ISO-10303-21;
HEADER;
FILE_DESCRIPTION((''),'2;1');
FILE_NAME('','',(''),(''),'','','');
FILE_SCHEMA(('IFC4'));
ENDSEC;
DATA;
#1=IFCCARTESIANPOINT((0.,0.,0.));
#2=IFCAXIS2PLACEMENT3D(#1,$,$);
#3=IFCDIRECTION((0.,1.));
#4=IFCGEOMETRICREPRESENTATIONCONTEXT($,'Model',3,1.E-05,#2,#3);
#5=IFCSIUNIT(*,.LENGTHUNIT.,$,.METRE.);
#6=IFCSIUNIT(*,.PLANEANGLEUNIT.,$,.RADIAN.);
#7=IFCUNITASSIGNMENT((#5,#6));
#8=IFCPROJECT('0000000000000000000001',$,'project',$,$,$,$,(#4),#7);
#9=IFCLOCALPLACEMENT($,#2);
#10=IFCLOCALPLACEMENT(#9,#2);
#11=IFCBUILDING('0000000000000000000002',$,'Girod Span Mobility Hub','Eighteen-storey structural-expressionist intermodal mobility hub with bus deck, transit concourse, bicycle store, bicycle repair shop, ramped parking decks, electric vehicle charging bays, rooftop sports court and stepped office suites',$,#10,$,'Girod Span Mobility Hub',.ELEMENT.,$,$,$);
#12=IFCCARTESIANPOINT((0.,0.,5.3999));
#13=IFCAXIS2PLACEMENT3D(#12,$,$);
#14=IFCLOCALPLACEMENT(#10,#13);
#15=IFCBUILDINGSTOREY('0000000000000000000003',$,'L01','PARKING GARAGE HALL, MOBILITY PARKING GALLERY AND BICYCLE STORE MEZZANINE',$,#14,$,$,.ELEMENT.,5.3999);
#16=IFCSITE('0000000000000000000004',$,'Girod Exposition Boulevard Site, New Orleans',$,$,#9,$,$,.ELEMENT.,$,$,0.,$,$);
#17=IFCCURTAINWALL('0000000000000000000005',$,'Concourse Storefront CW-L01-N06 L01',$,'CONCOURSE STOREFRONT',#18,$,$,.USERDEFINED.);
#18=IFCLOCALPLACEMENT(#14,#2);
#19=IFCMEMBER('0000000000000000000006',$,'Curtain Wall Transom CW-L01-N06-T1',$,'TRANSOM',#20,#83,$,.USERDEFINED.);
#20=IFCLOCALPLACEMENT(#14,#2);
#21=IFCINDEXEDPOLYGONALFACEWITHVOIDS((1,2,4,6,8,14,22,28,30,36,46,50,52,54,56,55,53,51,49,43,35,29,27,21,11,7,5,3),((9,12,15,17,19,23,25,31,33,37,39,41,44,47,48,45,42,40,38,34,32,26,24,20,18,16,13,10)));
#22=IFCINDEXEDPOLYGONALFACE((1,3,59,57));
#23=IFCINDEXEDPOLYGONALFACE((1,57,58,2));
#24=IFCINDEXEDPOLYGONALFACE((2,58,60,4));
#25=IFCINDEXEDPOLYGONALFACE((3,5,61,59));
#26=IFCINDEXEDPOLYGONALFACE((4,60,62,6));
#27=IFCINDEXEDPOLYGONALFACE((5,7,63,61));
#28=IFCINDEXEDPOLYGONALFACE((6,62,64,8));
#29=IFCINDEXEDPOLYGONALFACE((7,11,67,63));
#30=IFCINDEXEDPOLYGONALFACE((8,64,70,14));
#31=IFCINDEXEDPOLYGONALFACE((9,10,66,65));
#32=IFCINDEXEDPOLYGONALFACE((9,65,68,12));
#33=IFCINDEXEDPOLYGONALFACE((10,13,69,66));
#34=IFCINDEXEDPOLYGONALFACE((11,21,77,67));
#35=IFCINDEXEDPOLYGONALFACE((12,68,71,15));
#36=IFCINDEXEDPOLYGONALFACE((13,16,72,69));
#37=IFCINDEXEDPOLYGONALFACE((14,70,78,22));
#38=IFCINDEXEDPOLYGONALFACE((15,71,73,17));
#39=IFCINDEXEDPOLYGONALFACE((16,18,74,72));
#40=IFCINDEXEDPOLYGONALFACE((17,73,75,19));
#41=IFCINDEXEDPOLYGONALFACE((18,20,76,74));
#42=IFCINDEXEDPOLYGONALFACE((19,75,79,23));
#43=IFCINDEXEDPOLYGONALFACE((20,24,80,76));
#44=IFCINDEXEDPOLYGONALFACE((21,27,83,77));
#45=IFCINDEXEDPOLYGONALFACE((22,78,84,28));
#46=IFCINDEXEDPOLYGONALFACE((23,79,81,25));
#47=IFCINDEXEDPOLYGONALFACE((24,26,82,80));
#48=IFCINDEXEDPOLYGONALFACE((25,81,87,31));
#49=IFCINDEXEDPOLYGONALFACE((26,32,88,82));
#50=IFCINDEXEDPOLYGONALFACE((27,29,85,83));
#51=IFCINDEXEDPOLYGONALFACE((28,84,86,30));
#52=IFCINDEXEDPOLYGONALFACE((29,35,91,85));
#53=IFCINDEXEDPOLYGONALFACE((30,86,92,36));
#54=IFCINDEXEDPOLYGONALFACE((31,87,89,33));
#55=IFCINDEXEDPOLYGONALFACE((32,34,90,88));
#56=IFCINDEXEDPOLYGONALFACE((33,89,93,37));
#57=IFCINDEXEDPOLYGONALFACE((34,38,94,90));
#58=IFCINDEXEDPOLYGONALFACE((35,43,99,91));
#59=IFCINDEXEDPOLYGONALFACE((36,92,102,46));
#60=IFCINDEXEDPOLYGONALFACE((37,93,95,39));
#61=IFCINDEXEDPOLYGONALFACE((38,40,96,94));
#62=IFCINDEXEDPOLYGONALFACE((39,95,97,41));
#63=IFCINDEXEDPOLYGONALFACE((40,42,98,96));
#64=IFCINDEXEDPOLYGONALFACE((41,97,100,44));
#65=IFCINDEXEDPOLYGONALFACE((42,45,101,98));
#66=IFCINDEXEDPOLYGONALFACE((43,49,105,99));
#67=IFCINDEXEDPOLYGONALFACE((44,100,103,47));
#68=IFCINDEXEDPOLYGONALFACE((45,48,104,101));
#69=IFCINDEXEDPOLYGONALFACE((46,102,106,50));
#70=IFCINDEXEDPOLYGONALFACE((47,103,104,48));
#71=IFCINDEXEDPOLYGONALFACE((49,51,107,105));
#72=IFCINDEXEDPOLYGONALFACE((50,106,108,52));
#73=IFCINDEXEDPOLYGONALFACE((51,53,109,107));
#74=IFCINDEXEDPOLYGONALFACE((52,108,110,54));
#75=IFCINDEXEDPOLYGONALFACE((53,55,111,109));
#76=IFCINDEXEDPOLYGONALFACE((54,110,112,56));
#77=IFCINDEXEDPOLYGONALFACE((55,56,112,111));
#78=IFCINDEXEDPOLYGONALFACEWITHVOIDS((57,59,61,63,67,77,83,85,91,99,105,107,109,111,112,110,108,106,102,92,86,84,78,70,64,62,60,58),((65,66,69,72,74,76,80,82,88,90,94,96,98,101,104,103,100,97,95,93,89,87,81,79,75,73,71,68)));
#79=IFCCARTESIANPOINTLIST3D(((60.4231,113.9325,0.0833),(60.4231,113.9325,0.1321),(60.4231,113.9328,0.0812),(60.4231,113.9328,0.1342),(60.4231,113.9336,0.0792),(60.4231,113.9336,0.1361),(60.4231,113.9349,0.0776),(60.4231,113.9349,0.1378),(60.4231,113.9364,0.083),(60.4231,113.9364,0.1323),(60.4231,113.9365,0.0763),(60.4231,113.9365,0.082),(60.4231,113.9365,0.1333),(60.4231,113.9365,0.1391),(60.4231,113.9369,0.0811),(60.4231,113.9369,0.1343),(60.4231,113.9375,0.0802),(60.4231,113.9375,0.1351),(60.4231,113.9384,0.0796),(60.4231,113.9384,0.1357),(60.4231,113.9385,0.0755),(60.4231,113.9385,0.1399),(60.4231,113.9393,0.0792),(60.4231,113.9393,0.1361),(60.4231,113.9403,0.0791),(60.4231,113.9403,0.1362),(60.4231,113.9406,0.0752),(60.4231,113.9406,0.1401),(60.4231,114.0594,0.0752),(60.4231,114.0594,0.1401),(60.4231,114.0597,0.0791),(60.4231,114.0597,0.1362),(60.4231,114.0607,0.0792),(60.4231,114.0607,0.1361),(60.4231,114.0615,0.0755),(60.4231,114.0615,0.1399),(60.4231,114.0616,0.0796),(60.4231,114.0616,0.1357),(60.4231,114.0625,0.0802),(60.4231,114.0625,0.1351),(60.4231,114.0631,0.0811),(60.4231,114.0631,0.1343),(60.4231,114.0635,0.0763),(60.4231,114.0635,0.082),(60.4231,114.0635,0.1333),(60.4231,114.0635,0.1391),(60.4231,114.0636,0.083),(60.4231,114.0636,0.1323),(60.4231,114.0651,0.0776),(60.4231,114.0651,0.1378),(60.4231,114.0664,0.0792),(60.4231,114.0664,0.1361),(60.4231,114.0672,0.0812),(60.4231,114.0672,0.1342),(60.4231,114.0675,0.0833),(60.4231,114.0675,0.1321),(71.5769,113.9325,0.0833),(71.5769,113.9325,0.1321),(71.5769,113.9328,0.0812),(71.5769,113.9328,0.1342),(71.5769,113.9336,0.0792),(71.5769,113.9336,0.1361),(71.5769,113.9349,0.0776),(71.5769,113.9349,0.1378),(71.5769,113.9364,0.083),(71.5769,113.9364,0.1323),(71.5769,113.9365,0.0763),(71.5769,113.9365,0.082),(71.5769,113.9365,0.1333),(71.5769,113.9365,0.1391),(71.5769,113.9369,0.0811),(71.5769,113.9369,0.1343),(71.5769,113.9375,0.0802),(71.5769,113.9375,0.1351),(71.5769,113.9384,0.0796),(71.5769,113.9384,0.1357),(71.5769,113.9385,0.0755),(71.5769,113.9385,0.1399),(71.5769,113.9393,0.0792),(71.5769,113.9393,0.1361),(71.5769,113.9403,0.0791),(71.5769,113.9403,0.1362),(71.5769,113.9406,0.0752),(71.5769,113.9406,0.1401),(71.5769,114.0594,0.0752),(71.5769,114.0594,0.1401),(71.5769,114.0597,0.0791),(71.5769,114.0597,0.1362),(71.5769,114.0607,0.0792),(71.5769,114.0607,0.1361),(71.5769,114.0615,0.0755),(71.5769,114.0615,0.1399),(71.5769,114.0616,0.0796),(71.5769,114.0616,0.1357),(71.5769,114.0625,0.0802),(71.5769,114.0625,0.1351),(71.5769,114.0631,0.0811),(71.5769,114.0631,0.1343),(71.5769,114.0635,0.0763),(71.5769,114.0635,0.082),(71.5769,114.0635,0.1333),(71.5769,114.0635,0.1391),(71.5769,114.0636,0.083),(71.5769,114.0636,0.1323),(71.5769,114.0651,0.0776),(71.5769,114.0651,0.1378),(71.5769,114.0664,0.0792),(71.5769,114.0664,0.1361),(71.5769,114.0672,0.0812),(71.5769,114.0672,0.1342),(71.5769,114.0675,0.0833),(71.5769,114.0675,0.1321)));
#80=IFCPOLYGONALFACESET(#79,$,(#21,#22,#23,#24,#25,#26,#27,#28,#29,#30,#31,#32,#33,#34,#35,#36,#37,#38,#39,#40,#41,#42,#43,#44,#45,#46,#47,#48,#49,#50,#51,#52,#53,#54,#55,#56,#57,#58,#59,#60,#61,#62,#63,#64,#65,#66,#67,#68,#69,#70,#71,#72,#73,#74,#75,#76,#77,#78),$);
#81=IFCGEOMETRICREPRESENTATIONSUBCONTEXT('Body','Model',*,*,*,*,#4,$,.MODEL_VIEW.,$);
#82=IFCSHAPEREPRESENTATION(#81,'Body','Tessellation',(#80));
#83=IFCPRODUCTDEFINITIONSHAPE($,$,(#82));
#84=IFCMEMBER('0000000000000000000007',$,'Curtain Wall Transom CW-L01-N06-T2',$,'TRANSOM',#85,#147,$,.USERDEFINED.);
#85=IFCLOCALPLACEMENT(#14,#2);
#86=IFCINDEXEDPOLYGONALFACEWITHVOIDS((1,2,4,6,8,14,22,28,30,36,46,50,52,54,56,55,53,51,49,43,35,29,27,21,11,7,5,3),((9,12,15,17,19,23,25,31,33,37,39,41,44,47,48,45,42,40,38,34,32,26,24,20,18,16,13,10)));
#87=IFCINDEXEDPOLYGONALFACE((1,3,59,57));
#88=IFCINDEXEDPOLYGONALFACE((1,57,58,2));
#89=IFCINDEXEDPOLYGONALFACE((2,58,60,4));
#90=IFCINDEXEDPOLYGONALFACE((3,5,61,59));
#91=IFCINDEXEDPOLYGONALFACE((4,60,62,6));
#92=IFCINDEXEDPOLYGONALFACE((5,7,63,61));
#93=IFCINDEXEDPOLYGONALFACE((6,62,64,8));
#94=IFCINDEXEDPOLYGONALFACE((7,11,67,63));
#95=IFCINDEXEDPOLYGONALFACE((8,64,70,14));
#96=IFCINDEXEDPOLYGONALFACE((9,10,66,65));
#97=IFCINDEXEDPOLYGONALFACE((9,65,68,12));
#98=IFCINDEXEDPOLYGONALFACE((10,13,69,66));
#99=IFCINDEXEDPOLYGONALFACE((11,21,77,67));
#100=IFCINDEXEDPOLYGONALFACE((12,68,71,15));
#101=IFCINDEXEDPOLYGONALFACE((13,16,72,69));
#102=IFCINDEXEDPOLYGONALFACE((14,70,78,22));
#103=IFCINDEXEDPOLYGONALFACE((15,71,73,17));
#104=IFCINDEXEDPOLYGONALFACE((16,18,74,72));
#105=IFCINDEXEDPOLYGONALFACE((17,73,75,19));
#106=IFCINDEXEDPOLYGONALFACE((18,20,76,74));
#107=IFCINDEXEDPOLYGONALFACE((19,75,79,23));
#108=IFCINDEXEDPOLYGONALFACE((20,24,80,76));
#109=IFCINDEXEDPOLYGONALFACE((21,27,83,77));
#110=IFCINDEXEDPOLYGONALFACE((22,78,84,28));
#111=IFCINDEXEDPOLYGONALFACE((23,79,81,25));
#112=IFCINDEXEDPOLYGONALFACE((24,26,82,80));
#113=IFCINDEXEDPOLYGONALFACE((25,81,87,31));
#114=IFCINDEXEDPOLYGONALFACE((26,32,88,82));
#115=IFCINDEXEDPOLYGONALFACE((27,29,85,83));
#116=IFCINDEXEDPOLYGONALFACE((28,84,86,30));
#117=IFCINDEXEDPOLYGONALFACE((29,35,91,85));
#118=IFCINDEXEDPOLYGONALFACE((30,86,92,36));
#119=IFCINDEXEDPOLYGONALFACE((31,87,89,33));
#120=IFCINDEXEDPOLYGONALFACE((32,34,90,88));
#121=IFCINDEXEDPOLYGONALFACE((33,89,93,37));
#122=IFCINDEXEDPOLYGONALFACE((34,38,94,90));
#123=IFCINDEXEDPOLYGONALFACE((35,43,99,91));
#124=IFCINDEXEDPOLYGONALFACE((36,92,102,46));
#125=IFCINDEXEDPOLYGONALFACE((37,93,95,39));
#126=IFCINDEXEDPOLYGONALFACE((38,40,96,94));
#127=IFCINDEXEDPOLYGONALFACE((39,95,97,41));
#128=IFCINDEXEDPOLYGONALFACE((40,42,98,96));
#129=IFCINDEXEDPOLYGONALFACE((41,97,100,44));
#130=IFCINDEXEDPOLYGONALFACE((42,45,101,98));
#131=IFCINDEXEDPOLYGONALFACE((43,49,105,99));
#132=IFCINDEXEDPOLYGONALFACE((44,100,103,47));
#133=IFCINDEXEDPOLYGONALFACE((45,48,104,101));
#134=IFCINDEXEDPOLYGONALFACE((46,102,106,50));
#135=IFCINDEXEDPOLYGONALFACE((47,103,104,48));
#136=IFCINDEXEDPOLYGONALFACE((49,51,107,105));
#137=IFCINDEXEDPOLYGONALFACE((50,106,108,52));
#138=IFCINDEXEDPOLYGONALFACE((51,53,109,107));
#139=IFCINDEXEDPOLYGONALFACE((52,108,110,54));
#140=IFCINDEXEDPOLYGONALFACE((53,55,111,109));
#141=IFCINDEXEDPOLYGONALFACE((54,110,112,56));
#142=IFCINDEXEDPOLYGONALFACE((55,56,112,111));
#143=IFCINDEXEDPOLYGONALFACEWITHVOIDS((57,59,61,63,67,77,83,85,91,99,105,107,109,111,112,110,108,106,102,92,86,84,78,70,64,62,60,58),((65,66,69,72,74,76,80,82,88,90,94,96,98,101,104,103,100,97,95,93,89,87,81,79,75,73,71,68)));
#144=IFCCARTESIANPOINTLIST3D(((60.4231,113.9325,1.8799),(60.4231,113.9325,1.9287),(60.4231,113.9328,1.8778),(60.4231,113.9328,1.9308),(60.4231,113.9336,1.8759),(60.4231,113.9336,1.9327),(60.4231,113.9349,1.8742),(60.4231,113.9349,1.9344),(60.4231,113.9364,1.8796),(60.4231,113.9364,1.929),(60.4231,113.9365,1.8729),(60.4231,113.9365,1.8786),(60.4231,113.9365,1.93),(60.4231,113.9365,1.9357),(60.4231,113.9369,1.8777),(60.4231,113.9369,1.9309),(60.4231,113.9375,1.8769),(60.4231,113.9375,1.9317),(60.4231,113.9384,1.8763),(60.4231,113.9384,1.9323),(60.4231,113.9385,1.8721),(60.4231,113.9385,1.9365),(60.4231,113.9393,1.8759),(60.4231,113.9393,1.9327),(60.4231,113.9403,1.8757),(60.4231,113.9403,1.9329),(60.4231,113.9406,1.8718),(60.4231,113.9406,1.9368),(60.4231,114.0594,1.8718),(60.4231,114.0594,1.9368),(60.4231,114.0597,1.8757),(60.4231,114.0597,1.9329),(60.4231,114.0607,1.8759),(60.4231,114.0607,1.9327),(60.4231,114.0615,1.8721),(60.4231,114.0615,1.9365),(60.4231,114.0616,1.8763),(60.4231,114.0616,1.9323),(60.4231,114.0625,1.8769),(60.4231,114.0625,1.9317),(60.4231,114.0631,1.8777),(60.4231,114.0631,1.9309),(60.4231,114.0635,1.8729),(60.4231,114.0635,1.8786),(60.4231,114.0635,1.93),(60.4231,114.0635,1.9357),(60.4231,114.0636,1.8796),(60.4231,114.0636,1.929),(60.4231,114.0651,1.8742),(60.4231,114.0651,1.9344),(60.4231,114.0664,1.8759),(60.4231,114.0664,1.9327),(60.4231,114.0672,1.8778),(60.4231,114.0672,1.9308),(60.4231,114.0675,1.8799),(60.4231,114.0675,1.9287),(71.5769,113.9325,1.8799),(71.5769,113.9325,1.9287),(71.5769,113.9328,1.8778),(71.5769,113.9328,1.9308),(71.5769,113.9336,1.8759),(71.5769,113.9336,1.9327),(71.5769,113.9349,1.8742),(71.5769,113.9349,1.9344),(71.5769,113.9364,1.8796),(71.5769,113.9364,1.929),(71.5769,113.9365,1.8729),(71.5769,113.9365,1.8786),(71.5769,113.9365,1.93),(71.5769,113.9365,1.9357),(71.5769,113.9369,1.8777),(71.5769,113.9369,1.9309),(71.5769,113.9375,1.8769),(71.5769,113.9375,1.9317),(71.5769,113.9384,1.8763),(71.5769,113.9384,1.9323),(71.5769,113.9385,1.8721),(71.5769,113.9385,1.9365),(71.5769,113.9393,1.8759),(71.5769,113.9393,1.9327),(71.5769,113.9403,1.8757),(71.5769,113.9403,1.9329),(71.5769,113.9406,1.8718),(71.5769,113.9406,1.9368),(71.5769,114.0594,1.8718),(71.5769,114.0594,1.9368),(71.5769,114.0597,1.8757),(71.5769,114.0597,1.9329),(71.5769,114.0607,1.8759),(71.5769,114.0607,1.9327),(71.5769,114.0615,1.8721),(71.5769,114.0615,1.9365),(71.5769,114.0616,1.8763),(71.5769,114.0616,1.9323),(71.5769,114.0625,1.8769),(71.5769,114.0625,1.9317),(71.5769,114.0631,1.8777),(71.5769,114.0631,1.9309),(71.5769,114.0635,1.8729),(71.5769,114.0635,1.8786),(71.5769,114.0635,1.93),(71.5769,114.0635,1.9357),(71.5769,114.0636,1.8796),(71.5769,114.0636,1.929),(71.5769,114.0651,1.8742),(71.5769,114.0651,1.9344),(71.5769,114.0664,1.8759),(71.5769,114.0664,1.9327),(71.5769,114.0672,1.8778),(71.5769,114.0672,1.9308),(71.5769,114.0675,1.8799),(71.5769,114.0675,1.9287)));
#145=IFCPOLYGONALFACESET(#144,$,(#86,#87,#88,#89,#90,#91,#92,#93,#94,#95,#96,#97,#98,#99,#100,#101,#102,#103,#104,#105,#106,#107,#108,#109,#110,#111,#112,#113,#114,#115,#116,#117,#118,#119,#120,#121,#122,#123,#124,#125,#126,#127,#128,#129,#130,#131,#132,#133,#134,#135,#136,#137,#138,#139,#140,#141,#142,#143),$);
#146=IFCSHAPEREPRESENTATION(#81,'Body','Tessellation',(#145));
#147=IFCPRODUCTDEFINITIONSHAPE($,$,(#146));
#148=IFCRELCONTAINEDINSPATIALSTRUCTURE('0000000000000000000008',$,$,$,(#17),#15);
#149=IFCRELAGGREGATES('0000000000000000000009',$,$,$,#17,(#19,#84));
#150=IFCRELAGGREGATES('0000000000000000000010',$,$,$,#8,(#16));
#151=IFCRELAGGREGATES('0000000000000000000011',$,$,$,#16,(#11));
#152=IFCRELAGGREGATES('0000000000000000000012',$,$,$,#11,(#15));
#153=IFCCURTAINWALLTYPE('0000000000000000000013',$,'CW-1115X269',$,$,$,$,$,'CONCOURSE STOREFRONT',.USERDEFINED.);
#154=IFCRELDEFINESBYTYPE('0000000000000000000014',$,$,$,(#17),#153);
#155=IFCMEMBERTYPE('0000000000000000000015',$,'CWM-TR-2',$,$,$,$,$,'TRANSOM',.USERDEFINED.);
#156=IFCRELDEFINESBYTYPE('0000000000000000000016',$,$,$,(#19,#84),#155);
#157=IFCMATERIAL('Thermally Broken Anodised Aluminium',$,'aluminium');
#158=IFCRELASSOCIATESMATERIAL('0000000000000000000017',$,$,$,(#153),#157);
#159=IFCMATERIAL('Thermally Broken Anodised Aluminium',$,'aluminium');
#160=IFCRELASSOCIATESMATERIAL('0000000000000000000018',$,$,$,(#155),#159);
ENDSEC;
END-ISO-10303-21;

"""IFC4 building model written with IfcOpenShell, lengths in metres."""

from ifc_helpers import new_model, si_unit, direction, frame, origin, origin_2d, place, context, subcontext, project, spatial, hollow_rectangle, extrude, material, material_profile, profile_set, type_object, element, aggregate, save


model = new_model("IFC4")

# Units and contexts
model_context = context("Model", 3, precision=1e-05, world=origin(), true_north=direction((0.0, 1.0)))
body_context = subcontext(model_context, "Body", "Model", "MODEL_VIEW")
ifc_project = project(units=[si_unit("LENGTHUNIT", "METRE"), si_unit("PLANEANGLEUNIT", "RADIAN")], contexts=[model_context])

# Site, building, storey
site_placement = place(None, origin())
site = spatial("IfcSite", under=ifc_project, at=site_placement, Name="Girod Exposition Boulevard Site, New Orleans", CompositionType="ELEMENT", RefElevation=0.0)
building_placement = place(site_placement, origin())
building = spatial("IfcBuilding", under=site, at=building_placement, Name="Girod Span Mobility Hub", Description="Eighteen-storey structural-expressionist intermodal mobility hub with bus deck, transit concourse, bicycle store, bicycle repair shop, ramped parking decks, electric vehicle charging bays, rooftop sports court and stepped office suites", LongName="Girod Span Mobility Hub", CompositionType="ELEMENT")
storey_placement = place(building_placement, frame((0.0, 0.0, 5.3999)))
storey = spatial("IfcBuildingStorey", under=building, at=storey_placement, Name="L01", Description="PARKING GARAGE HALL, MOBILITY PARKING GALLERY AND BICYCLE STORE MEZZANINE", CompositionType="ELEMENT", Elevation=5.3999)

# Curtain wall, members
ifc_material_1 = material(Name="Thermally Broken Anodised Aluminium", Category="aluminium")
curtain_wall_type = type_object("IfcCurtainWallType", Name="CW-1115X269", ElementType="CONCOURSE STOREFRONT", PredefinedType="USERDEFINED", material=ifc_material_1)
curtain_wall_placement = place(storey_placement, origin())
curtain_wall = element("IfcCurtainWall", 1, at=curtain_wall_placement, inside=storey, type_object=curtain_wall_type, Name="Concourse Storefront CW-L01-N06 L01", ObjectType="CONCOURSE STOREFRONT", PredefinedType="USERDEFINED")
ifc_material_2 = material(Name="Thermally Broken Anodised Aluminium", Category="aluminium")
ifc_material_profile_1 = material_profile(ifc_material_2, hollow_rectangle(XDim=0.135, YDim=0.0649, WallThickness=0.0039, InnerFilletRadius=0.0039, OuterFilletRadius=0.0081, at=origin_2d()), Name="CW-TR-65X135")
ifc_profile_set_1 = profile_set([ifc_material_profile_1], Name="Thermally Broken Anodised Aluminium")
member_type_1 = type_object("IfcMemberType", Name="CWM-TR-2", ElementType="TRANSOM", PredefinedType="USERDEFINED", material=ifc_profile_set_1)
member_1_placement = place(storey_placement, frame((60.4231, 114.0, 0.1077), z_axis=(1.0, 0.0, 0.0), x_axis=(0.0, 1.0, 0.0)))
member_1 = element("IfcMember", 2, at=member_1_placement, type_object=member_type_1, Name="Curtain Wall Transom CW-L01-N06-T1", ObjectType="TRANSOM", PredefinedType="USERDEFINED", context=body_context, shape_type="SweptSolid", body=[
    extrude(hollow_rectangle(XDim=0.135, YDim=0.0649, WallThickness=0.0039, InnerFilletRadius=0.0039, OuterFilletRadius=0.0081, at=origin_2d()), origin(), (0.0, 0.0, 1.0), 11.1538),
])
member_2_placement = place(storey_placement, frame((60.4231, 114.0, 1.9043), z_axis=(1.0, 0.0, 0.0), x_axis=(0.0, 1.0, 0.0)))
member_2 = element("IfcMember", 3, at=member_2_placement, type_object=member_type_1, Name="Curtain Wall Transom CW-L01-N06-T2", ObjectType="TRANSOM", PredefinedType="USERDEFINED", context=body_context, shape_type="SweptSolid", body=[
    extrude(hollow_rectangle(XDim=0.135, YDim=0.0649, WallThickness=0.0039, InnerFilletRadius=0.0039, OuterFilletRadius=0.0081, at=origin_2d()), origin(), (0.0, 0.0, 1.0), 11.1538),
])
aggregate(curtain_wall, [member_1, member_2])

save(model, "model.ifc")
